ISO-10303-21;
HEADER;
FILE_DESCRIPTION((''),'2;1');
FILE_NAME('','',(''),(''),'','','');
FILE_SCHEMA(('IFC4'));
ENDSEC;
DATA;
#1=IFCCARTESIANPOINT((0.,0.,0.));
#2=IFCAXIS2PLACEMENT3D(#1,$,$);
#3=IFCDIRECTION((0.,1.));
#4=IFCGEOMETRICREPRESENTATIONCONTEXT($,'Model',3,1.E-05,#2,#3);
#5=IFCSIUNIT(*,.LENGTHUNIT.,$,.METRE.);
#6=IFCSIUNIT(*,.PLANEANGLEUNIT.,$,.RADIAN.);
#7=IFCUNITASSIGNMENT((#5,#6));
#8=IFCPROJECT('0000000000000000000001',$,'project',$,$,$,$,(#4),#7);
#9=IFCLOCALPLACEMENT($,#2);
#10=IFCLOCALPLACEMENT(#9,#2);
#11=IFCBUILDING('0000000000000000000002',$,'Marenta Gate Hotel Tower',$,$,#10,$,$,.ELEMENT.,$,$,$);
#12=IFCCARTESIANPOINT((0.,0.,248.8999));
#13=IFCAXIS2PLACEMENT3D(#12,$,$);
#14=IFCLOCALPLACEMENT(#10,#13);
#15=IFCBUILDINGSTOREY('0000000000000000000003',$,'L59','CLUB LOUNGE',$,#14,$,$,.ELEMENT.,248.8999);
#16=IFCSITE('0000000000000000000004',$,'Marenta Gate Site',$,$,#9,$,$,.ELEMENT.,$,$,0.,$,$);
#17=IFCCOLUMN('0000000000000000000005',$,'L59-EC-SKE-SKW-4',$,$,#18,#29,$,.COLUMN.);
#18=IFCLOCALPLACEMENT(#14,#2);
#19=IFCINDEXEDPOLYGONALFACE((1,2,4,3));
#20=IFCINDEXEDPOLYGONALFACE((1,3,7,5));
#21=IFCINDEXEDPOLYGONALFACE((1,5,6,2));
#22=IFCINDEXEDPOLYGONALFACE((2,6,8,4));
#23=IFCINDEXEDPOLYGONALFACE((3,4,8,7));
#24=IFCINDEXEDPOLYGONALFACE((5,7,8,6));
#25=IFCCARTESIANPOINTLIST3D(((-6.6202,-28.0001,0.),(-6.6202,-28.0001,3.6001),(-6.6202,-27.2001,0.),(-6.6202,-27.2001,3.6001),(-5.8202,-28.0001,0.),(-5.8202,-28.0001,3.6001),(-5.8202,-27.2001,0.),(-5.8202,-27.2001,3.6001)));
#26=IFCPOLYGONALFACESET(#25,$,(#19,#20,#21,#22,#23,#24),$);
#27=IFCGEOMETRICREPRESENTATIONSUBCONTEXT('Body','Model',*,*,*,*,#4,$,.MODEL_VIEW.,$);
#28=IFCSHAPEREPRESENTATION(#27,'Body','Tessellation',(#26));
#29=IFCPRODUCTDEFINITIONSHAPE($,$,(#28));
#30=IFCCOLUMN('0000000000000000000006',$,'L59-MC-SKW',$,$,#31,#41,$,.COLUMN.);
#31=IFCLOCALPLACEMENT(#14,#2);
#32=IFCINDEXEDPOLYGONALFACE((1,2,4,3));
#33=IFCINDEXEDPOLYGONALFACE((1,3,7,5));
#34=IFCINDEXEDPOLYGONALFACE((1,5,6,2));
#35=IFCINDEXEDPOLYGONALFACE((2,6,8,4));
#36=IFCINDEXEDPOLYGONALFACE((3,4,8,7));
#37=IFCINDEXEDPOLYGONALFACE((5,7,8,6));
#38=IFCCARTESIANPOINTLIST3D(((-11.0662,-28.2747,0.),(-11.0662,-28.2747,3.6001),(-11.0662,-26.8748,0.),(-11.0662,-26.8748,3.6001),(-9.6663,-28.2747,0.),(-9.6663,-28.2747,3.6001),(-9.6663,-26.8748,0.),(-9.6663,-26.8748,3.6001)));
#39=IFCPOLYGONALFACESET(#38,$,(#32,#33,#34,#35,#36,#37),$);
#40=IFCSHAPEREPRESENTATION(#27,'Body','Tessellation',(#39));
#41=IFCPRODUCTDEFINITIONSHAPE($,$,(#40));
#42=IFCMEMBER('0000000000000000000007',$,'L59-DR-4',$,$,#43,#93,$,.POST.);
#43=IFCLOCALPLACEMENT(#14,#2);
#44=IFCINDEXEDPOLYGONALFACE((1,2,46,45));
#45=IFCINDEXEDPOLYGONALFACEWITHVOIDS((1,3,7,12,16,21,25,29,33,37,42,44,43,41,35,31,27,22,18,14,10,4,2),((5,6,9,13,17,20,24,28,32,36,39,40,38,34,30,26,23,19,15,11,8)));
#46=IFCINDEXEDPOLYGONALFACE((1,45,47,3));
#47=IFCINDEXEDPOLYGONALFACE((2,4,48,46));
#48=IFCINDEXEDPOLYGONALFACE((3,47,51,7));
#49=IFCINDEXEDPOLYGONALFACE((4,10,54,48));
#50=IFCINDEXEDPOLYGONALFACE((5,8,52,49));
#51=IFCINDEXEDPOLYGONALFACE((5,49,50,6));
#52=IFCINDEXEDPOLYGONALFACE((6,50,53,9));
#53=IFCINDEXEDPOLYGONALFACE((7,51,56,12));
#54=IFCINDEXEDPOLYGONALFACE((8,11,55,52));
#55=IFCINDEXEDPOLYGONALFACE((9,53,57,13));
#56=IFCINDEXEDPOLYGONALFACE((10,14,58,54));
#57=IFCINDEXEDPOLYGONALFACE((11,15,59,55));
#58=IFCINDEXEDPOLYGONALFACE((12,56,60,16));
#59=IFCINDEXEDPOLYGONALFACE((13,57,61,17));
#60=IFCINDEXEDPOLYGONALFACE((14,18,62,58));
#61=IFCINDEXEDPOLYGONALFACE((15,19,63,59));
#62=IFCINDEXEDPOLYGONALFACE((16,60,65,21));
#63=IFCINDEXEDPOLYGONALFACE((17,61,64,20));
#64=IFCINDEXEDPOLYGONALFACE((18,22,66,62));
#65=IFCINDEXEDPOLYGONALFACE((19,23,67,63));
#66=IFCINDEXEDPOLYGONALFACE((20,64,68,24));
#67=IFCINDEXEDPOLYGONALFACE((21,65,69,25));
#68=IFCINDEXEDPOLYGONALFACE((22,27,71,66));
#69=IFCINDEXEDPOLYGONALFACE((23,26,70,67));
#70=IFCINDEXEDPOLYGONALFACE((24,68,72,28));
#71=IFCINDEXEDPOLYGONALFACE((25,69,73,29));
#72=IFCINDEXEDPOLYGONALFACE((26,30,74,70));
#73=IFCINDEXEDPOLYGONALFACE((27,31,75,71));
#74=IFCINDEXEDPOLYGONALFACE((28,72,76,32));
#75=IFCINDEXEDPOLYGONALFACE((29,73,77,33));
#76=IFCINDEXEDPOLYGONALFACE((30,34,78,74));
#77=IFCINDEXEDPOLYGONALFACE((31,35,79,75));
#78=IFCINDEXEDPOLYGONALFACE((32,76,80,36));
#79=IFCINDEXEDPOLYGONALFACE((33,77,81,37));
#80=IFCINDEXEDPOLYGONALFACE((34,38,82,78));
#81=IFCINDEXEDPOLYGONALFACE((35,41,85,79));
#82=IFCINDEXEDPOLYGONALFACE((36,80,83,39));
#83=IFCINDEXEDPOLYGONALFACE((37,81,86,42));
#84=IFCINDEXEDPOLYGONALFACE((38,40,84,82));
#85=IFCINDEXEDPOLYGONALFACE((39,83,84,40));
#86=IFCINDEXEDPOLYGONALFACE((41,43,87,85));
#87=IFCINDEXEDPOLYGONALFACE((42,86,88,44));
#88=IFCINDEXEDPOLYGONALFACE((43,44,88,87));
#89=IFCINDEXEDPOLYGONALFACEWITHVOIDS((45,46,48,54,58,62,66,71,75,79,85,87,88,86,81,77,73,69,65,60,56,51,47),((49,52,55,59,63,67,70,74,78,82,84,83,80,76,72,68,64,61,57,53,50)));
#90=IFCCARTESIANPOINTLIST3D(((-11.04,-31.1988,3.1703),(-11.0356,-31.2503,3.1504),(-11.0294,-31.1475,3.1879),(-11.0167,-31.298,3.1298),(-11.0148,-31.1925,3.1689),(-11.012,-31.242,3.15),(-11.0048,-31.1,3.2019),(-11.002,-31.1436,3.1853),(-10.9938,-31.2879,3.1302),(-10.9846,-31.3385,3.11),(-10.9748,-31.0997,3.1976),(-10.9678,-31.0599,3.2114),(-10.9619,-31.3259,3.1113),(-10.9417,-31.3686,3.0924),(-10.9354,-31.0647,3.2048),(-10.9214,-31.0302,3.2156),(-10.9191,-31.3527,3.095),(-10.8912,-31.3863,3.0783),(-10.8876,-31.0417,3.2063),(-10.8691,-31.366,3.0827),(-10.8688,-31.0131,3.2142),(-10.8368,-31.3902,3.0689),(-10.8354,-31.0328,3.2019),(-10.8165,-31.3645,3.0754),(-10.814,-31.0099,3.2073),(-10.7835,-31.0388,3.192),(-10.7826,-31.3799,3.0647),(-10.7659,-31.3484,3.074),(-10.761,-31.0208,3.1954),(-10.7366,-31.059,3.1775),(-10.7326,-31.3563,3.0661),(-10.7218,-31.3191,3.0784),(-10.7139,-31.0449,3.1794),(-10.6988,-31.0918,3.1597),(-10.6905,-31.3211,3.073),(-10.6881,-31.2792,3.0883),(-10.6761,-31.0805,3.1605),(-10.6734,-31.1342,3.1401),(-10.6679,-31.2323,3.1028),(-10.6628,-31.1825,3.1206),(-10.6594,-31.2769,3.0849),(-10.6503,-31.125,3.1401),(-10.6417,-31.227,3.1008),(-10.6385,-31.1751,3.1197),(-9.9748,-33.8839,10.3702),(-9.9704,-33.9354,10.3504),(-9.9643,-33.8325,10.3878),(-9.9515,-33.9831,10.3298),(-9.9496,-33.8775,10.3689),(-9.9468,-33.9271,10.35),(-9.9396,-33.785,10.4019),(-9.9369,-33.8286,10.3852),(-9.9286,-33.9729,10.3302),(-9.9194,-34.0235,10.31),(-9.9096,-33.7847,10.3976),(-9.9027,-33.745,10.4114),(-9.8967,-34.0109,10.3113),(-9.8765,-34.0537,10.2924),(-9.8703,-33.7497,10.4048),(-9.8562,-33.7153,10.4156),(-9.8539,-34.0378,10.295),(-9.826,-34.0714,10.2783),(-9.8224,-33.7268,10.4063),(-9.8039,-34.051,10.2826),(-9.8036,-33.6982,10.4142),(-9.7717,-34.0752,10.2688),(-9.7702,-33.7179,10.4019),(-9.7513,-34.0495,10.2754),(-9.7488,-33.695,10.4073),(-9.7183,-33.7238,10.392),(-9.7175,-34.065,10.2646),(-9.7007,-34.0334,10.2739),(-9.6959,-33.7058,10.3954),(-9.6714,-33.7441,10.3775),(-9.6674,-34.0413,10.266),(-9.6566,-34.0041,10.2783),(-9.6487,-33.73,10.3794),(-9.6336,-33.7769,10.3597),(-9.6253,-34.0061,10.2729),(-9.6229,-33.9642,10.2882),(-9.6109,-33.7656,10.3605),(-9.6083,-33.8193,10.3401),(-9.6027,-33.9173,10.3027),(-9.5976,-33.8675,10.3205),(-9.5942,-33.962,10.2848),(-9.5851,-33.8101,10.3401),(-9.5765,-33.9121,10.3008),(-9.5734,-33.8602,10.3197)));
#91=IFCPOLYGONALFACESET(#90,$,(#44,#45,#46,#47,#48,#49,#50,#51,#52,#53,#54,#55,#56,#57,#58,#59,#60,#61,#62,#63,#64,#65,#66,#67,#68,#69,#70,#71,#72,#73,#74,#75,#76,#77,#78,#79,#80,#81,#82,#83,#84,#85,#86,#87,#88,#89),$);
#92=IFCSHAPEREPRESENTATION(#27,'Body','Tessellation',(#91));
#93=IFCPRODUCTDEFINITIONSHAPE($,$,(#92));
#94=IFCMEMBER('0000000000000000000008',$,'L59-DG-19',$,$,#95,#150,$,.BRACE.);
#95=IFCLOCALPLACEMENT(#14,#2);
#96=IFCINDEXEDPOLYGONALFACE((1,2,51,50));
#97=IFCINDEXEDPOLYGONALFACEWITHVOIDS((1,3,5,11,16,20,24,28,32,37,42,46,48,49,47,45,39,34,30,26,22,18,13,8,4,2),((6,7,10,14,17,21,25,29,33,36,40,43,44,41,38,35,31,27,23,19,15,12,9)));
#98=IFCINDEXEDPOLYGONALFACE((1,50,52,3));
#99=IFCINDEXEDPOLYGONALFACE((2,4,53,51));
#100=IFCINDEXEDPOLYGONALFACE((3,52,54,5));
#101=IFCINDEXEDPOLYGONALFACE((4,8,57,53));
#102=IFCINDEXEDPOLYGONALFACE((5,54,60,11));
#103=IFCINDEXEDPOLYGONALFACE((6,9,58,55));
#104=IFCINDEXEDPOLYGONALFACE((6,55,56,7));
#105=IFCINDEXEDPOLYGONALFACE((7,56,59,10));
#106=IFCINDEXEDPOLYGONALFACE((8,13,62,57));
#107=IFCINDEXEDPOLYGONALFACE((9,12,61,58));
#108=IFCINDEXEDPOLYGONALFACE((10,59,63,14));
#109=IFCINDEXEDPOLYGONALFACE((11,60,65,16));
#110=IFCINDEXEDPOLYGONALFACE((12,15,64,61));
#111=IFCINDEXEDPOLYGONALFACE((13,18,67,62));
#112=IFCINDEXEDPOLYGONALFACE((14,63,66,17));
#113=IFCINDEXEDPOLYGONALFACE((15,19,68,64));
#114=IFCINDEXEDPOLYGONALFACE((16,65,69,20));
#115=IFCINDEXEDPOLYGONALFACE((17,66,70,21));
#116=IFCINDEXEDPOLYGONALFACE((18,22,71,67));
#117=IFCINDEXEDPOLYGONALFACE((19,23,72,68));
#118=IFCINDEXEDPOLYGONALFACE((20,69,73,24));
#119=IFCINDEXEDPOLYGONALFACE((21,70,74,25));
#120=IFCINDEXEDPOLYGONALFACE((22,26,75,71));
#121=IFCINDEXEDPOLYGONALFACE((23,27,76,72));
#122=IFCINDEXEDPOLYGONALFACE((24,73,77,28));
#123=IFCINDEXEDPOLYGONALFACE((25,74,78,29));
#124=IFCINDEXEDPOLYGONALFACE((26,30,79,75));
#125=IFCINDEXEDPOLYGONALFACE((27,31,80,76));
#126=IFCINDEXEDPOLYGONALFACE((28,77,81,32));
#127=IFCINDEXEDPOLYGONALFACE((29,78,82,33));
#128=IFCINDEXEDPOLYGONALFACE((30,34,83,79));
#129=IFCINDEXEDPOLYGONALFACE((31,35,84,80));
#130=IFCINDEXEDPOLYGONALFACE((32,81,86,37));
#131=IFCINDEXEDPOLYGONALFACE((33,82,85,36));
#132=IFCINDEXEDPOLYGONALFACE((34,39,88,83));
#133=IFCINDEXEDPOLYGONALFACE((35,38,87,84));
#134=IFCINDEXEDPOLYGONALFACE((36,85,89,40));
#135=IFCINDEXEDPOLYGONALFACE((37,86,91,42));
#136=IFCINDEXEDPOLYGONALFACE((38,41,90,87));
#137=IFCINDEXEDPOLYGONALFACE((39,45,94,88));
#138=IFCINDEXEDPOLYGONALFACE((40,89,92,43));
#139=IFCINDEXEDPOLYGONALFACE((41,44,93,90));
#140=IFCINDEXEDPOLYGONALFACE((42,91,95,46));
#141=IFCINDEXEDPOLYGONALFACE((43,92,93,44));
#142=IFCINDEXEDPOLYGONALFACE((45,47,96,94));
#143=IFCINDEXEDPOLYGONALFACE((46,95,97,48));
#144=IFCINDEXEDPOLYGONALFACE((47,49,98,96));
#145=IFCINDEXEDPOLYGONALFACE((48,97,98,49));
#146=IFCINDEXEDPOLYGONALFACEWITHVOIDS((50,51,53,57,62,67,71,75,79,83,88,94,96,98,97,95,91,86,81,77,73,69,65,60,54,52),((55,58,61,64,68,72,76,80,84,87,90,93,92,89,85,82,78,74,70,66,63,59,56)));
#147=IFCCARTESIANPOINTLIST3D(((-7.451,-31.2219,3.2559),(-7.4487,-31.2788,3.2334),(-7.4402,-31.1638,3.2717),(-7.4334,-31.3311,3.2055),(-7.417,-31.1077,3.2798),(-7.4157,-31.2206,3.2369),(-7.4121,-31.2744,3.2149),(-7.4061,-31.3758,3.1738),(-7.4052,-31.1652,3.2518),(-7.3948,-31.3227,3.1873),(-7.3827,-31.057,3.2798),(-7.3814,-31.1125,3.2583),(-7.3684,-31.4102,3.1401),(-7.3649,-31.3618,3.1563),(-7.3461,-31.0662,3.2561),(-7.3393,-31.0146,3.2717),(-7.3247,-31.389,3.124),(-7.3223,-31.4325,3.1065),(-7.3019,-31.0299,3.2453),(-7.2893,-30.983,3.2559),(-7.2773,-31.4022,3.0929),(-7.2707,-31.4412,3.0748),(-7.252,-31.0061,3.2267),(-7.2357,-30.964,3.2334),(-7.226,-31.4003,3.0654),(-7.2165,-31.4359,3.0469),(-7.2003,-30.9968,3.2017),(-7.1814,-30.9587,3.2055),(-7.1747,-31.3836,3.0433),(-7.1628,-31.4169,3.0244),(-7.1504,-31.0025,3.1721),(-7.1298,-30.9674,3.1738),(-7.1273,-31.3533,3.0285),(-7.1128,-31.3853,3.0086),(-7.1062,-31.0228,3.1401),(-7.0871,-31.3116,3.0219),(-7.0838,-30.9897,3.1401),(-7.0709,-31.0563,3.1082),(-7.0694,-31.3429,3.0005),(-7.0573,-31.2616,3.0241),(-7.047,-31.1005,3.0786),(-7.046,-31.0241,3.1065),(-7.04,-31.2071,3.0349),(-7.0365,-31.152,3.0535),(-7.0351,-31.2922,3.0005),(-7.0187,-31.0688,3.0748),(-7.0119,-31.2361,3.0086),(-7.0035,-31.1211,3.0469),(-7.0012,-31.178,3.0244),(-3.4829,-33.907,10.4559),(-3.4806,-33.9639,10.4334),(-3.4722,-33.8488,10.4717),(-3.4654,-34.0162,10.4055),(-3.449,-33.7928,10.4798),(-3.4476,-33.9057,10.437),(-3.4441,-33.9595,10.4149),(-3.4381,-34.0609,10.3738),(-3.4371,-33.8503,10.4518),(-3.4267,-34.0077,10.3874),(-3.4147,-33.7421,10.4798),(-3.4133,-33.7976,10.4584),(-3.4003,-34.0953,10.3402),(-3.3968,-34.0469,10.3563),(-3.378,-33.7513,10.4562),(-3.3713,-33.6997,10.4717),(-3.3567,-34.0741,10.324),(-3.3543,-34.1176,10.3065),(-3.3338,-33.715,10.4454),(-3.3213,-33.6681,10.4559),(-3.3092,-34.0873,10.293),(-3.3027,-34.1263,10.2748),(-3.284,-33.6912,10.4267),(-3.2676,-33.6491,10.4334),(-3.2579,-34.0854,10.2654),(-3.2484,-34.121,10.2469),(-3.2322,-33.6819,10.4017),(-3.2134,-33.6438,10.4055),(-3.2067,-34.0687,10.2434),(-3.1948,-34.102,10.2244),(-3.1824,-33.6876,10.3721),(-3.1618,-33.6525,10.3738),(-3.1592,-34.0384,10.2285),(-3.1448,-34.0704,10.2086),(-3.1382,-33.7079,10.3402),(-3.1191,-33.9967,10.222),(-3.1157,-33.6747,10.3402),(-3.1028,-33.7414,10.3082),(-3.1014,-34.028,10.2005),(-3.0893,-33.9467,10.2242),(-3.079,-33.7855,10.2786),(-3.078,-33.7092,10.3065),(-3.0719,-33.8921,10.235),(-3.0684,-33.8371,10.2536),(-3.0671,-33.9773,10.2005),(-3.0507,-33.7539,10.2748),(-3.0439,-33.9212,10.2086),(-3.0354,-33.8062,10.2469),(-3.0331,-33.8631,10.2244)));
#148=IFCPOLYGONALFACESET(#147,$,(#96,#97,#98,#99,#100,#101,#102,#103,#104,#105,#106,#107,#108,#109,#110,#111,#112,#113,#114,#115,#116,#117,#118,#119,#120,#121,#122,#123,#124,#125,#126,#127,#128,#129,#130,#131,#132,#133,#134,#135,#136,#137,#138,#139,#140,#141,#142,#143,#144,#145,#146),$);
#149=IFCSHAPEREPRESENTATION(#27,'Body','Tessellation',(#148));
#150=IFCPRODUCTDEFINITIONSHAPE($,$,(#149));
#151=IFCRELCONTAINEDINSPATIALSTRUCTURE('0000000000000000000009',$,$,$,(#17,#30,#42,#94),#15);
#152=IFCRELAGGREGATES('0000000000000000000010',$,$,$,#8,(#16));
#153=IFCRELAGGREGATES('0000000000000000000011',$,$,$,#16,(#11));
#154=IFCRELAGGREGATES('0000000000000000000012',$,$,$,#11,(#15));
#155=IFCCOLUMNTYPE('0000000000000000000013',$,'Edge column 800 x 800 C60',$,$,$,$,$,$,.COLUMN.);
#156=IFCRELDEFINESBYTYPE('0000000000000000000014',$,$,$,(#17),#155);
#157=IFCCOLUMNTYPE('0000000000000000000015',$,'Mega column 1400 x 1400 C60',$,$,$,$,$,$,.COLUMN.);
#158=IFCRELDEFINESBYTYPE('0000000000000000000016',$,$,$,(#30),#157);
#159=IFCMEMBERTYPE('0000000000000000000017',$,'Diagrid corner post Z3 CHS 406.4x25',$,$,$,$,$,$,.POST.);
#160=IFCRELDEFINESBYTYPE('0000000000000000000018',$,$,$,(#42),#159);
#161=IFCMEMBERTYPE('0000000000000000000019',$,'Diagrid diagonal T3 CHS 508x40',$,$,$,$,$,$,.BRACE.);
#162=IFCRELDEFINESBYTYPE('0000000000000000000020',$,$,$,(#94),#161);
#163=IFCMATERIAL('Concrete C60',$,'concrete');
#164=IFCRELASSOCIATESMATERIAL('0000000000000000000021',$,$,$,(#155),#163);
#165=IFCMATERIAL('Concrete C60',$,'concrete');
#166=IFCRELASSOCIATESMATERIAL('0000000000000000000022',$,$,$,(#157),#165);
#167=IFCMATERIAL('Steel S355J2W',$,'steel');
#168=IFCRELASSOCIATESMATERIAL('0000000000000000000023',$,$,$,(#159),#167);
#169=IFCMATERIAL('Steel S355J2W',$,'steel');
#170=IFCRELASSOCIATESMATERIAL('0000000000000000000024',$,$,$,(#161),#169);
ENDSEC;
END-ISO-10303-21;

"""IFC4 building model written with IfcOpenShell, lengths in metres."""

from ifc_helpers import new_model, si_unit, direction, frame, origin, origin_2d, place, context, subcontext, project, spatial, rectangle, hollow_circle, extrude, material, material_profile, profile_set, type_object, element, save


model = new_model("IFC4")

# Units and contexts
model_context = context("Model", 3, precision=1e-05, world=origin(), true_north=direction((0.0, 1.0)))
body_context = subcontext(model_context, "Body", "Model", "MODEL_VIEW")
ifc_project = project(units=[si_unit("LENGTHUNIT", "METRE"), si_unit("PLANEANGLEUNIT", "RADIAN")], contexts=[model_context])

# Site, building, storey
site_placement = place(None, origin())
site = spatial("IfcSite", under=ifc_project, at=site_placement, Name="Marenta Gate Site", CompositionType="ELEMENT", RefElevation=0.0)
building_placement = place(site_placement, origin())
building = spatial("IfcBuilding", under=site, at=building_placement, Name="Marenta Gate Hotel Tower", CompositionType="ELEMENT")
storey_placement = place(building_placement, frame((0.0, 0.0, 248.8999)))
storey = spatial("IfcBuildingStorey", under=building, at=storey_placement, Name="L59", Description="CLUB LOUNGE", CompositionType="ELEMENT", Elevation=248.8999)

# Columns
ifc_material_1 = material(Name="Concrete C60", Category="concrete")
ifc_material_profile_1 = material_profile(ifc_material_1, rectangle(XDim=0.8, YDim=0.8, at=origin_2d()), Name="800 x 800")
ifc_profile_set_1 = profile_set([ifc_material_profile_1], Name="Concrete C60")
column_type_1 = type_object("IfcColumnType", Name="Edge column 800 x 800 C60", PredefinedType="COLUMN", material=ifc_profile_set_1)
column_1_placement = place(storey_placement, frame((-6.2202, -27.6001, 0.0), z_axis=(0.0, 0.0, 1.0), x_axis=(1.0, 0.0, 0.0)))
element("IfcColumn", 1, at=column_1_placement, inside=storey, type_object=column_type_1, Name="L59-EC-SKE-SKW-4", PredefinedType="COLUMN", context=body_context, shape_type="SweptSolid", body=[
    extrude(rectangle(XDim=0.8, YDim=0.8, at=origin_2d()), origin(), (0.0, 0.0, 1.0), 3.6001),
])
ifc_material_2 = material(Name="Concrete C60", Category="concrete")
ifc_material_profile_2 = material_profile(ifc_material_2, rectangle(XDim=1.3999, YDim=1.3999, at=origin_2d()), Name="1400 x 1400")
ifc_profile_set_2 = profile_set([ifc_material_profile_2], Name="Concrete C60")
column_type_2 = type_object("IfcColumnType", Name="Mega column 1400 x 1400 C60", PredefinedType="COLUMN", material=ifc_profile_set_2)
column_2_placement = place(storey_placement, frame((-10.3662, -27.5747, 0.0), z_axis=(0.0, 0.0, 1.0), x_axis=(1.0, 0.0, 0.0)))
element("IfcColumn", 2, at=column_2_placement, inside=storey, type_object=column_type_2, Name="L59-MC-SKW", PredefinedType="COLUMN", context=body_context, shape_type="SweptSolid", body=[
    extrude(rectangle(XDim=1.3999, YDim=1.3999, at=origin_2d()), origin(), (0.0, 0.0, 1.0), 3.6001),
])

# Members
ifc_material_3 = material(Name="Steel S355J2W", Category="steel")
ifc_material_profile_3 = material_profile(ifc_material_3, hollow_circle(Radius=0.2031, WallThickness=0.0249, at=origin_2d()), Name="CHS 406.4x25")
ifc_profile_set_3 = profile_set([ifc_material_profile_3], Name="Steel S355J2W")
member_type_1 = type_object("IfcMemberType", Name="Diagrid corner post Z3 CHS 406.4x25", PredefinedType="POST", material=ifc_profile_set_3)
member_1_placement = place(storey_placement, frame((-10.8391, -31.2, 3.1401), z_axis=(0.137305, -0.346111, 0.928092), x_axis=(0.929528, 0.368752, 0.0)))
element("IfcMember", 3, at=member_1_placement, inside=storey, type_object=member_type_1, Name="L59-DR-4", PredefinedType="POST", context=body_context, shape_type="SweptSolid", body=[
    extrude(hollow_circle(Radius=0.2031, WallThickness=0.0249, at=origin_2d()), origin(), (0.0, 0.0, 1.0), 7.7578),
])
ifc_material_4 = material(Name="Steel S355J2W", Category="steel")
ifc_material_profile_4 = material_profile(ifc_material_4, hollow_circle(Radius=0.2539, WallThickness=0.04, at=origin_2d()), Name="CHS 508x40")
ifc_profile_set_4 = profile_set([ifc_material_profile_4], Name="Steel S355J2W")
member_type_2 = type_object("IfcMemberType", Name="Diagrid diagonal T3 CHS 508x40", PredefinedType="BRACE", material=ifc_profile_set_4)
member_2_placement = place(storey_placement, frame((-7.2261, -31.2, 3.1401), z_axis=(0.458818, -0.310471, 0.832523), x_axis=(0.560426, 0.828205, 0.0)))
element("IfcMember", 4, at=member_2_placement, inside=storey, type_object=member_type_2, Name="L59-DG-19", PredefinedType="BRACE", context=body_context, shape_type="SweptSolid", body=[
    extrude(hollow_circle(Radius=0.2539, WallThickness=0.04, at=origin_2d()), origin(), (0.0, 0.0, 1.0), 8.6484),
])

save(model, "model.ifc")
